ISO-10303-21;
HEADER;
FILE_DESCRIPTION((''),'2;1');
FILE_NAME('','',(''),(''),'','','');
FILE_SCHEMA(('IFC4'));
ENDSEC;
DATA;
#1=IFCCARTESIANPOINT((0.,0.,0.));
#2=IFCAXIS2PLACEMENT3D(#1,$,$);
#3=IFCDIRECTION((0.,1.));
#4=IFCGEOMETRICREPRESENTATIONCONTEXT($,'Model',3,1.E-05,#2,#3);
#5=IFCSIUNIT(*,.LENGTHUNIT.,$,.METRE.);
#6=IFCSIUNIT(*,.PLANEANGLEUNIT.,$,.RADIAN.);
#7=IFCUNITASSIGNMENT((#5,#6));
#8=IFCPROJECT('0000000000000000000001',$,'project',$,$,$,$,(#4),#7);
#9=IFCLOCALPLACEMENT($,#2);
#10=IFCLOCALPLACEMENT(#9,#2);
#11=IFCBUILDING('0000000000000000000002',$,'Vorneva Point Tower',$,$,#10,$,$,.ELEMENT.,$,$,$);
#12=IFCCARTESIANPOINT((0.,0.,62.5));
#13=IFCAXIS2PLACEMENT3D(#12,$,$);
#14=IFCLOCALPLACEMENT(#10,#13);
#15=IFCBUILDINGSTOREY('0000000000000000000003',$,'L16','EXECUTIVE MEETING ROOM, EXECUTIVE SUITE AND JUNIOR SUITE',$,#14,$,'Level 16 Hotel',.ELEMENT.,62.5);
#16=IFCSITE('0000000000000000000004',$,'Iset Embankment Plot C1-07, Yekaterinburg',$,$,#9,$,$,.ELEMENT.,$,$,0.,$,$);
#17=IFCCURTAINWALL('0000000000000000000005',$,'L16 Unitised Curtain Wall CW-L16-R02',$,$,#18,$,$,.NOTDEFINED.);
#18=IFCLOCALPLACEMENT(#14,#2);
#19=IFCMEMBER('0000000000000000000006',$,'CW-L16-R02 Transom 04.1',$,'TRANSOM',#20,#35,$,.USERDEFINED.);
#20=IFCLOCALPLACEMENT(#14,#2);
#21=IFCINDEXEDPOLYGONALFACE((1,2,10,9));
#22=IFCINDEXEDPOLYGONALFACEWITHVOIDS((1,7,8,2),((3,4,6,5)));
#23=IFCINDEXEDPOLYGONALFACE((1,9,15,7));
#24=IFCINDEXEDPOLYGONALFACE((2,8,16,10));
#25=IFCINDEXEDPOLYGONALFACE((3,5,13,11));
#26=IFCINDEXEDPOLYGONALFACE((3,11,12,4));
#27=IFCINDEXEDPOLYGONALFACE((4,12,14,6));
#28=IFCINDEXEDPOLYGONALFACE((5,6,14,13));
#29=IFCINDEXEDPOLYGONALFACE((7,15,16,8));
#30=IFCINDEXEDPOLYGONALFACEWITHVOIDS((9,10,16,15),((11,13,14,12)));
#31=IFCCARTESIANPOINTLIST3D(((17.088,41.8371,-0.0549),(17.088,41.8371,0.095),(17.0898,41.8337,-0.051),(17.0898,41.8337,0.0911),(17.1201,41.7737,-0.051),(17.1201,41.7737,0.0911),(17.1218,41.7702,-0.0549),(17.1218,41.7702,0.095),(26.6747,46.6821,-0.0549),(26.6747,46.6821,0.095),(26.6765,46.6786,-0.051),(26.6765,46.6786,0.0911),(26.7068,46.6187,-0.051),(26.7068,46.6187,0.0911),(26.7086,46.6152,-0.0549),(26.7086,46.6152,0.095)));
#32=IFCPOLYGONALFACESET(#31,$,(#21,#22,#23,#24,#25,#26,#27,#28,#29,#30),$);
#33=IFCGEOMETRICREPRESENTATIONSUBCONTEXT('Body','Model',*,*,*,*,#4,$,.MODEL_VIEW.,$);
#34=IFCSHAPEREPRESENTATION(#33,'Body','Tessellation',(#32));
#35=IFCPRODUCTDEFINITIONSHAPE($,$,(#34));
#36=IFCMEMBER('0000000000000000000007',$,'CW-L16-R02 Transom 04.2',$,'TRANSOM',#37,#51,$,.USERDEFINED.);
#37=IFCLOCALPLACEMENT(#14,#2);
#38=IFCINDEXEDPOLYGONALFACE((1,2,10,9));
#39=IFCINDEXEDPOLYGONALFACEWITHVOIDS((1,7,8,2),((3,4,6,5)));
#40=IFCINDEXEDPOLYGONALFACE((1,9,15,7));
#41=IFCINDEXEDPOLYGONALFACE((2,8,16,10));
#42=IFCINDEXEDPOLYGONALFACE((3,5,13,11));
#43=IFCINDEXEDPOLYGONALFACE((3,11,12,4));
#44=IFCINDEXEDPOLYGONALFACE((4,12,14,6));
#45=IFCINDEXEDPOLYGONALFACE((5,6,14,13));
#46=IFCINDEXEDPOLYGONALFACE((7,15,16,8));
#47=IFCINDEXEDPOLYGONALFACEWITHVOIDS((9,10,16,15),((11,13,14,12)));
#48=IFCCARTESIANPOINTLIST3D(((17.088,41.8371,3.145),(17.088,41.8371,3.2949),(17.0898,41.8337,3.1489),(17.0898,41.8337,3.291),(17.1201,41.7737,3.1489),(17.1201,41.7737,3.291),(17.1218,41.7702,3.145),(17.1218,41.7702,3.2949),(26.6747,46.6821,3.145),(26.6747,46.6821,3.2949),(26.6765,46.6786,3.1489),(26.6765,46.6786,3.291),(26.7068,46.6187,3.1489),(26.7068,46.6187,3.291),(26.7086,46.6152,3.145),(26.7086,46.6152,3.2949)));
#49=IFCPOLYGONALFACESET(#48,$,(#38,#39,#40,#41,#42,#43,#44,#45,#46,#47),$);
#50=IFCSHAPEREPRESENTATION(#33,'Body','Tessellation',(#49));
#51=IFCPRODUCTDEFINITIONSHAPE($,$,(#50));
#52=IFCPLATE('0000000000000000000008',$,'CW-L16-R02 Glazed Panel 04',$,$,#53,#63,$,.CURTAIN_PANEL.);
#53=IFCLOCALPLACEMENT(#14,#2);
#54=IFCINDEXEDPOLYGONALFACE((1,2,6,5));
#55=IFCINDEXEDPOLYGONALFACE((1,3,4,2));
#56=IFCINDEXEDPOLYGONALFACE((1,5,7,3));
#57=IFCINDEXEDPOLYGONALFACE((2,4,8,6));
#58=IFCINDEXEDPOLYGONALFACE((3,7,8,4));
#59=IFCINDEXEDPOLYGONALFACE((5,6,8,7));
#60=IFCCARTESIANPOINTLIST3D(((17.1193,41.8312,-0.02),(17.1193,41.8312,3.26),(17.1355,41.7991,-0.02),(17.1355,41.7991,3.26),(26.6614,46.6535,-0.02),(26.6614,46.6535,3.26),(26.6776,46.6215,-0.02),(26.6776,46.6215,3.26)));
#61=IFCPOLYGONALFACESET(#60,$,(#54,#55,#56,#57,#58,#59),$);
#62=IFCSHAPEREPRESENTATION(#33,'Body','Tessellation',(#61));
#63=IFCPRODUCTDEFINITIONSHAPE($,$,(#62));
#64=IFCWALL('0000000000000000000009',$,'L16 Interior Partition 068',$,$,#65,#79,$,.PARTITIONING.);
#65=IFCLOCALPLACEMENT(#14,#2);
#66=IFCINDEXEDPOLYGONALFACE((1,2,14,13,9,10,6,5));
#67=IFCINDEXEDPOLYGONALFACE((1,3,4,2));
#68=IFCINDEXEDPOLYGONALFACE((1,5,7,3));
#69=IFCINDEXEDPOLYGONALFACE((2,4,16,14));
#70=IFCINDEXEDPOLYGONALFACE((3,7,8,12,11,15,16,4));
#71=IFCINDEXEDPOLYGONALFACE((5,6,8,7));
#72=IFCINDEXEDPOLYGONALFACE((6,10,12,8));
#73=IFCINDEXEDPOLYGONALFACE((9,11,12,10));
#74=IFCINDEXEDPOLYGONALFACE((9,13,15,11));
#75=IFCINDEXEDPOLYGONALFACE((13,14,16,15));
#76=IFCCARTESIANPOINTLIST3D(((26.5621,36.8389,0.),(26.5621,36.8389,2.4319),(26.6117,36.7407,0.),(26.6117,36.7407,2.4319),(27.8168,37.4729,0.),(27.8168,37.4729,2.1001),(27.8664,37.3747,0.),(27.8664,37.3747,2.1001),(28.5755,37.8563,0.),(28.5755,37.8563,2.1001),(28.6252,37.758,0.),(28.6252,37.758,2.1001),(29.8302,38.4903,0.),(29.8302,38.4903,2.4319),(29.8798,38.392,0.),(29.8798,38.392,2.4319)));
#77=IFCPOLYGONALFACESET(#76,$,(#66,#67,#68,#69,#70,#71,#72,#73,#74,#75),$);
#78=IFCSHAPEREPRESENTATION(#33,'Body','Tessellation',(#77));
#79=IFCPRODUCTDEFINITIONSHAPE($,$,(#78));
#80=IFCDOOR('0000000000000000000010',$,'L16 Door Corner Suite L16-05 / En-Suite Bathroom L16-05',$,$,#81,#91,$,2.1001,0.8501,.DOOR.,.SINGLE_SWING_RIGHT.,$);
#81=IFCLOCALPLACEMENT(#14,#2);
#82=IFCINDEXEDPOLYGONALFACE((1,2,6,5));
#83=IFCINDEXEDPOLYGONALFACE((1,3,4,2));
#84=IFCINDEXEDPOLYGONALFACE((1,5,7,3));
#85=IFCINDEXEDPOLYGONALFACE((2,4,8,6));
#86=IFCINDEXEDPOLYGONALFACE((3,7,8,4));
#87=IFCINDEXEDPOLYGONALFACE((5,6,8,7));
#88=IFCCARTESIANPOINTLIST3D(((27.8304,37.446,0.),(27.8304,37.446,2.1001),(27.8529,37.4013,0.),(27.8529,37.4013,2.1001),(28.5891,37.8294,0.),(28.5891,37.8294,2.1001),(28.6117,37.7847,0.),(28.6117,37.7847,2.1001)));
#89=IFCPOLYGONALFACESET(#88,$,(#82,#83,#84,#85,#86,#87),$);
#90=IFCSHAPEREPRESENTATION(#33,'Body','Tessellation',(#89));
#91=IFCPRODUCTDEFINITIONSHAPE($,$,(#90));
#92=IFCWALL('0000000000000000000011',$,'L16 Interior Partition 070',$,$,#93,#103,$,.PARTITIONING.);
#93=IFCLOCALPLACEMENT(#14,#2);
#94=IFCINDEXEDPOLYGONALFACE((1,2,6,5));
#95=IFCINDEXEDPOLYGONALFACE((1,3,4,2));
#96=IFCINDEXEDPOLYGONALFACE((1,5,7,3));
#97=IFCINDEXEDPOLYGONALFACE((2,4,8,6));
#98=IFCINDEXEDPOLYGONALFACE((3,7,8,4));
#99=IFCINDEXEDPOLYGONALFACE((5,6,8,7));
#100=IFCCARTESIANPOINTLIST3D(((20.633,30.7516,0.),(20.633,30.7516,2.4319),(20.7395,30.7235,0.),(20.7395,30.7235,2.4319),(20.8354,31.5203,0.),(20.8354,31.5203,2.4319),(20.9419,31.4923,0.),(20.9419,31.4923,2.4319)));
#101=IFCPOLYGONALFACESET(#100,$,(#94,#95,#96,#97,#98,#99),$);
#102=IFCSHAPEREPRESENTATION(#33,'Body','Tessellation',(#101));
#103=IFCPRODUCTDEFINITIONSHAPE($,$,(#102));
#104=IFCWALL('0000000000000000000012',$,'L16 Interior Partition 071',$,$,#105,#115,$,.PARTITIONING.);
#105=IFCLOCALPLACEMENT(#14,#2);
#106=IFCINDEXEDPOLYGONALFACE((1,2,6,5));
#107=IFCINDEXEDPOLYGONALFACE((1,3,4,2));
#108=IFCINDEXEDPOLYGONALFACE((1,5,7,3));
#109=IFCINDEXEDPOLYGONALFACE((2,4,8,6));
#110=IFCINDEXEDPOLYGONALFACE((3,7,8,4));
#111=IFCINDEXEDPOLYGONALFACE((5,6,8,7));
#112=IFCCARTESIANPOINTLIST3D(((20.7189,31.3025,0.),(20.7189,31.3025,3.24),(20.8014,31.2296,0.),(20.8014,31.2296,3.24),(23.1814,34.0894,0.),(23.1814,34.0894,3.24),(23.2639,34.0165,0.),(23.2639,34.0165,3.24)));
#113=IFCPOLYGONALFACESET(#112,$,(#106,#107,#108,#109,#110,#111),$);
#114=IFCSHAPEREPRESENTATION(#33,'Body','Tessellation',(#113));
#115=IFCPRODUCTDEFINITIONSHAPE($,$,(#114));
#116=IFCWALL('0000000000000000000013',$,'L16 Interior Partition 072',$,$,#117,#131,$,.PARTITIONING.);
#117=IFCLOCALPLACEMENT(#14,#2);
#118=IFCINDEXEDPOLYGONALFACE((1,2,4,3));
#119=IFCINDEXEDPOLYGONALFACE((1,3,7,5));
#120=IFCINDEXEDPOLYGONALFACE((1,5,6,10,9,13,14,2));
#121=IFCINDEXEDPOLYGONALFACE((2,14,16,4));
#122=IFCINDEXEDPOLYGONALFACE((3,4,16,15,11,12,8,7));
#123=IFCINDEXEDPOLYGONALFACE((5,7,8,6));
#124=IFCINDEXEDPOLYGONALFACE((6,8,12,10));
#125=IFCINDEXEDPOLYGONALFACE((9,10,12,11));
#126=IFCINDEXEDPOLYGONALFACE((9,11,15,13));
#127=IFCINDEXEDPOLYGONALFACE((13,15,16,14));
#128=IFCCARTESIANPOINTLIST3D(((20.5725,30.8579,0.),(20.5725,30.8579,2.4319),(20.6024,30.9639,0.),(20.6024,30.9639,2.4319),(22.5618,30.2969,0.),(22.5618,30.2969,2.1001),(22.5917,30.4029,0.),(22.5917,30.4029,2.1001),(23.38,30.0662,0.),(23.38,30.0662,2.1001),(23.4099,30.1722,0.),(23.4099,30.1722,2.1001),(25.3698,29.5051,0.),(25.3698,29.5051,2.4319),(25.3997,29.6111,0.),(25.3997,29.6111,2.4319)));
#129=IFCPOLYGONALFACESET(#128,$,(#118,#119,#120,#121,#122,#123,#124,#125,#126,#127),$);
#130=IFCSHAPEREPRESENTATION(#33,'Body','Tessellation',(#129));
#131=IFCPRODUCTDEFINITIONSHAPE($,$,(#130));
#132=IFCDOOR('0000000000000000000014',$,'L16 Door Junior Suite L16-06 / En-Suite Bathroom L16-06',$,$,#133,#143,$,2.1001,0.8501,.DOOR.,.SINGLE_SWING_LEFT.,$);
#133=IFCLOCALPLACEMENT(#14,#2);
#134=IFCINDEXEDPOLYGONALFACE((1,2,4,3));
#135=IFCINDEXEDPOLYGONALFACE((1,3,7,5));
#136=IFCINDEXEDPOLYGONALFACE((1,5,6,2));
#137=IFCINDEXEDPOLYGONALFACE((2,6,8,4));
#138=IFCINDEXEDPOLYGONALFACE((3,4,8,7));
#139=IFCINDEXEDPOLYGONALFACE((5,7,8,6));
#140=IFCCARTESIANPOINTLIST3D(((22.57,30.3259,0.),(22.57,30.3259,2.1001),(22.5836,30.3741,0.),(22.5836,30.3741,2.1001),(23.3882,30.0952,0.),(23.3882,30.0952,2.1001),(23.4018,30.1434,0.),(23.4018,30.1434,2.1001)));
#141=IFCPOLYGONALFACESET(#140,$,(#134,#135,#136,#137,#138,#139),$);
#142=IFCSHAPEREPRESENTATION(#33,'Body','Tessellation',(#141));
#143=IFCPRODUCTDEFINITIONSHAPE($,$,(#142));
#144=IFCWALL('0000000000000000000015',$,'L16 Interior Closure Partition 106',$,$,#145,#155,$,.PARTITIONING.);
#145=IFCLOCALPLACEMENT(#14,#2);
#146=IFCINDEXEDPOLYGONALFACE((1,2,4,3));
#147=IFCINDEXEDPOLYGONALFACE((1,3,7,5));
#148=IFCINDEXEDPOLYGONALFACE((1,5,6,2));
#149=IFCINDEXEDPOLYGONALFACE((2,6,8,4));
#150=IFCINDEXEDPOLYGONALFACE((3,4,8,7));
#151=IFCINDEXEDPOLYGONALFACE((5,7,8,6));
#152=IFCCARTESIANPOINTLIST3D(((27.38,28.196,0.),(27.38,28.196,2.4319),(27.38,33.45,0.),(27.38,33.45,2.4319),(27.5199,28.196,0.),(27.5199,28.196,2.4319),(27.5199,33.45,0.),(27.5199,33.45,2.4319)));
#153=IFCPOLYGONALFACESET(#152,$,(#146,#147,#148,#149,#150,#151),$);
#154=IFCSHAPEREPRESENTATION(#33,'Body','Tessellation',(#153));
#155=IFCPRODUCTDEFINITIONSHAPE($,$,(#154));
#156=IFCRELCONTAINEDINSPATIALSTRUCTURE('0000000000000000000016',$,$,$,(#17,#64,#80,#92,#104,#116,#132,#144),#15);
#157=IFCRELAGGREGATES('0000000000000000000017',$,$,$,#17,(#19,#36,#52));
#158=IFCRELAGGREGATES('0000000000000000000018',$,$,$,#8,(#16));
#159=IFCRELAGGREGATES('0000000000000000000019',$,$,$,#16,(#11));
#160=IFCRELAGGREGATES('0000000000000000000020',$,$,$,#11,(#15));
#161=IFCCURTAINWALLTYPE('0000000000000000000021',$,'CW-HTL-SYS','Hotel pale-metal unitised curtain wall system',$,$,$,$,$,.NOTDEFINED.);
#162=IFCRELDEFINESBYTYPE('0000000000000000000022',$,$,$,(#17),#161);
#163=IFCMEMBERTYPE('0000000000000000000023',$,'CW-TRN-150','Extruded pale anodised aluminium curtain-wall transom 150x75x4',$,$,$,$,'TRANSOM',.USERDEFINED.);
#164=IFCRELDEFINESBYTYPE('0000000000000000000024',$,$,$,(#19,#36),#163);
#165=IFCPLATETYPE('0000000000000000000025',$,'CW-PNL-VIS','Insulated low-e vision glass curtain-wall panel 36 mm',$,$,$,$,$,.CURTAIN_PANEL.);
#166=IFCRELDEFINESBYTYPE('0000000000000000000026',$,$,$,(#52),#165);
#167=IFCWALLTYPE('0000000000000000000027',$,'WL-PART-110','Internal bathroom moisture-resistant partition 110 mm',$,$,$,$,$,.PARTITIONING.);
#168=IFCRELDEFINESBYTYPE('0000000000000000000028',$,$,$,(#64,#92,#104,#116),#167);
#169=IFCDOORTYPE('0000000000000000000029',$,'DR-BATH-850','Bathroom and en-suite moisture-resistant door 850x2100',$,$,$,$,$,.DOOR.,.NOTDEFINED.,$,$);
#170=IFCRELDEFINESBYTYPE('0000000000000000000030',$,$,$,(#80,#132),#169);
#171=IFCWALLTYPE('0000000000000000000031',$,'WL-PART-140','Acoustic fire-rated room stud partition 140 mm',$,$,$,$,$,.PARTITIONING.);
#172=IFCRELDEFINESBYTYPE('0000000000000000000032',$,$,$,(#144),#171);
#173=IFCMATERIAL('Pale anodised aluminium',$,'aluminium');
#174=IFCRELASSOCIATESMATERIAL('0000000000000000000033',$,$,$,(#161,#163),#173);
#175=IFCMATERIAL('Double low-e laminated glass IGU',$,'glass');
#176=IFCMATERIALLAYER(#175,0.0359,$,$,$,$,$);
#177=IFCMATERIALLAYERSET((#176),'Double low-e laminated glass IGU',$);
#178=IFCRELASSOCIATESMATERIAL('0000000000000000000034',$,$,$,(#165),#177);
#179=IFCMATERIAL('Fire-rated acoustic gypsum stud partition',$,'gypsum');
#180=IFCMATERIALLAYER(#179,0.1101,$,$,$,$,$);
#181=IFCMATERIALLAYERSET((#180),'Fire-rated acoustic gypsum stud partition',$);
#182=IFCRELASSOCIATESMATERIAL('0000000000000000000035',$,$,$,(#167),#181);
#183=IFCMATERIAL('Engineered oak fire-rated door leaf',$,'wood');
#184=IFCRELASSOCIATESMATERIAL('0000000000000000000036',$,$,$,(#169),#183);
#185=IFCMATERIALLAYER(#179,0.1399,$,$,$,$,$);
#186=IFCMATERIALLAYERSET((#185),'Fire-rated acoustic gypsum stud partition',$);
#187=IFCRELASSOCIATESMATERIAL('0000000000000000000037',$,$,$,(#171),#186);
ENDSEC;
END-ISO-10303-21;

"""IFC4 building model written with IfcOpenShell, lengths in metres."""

from ifc_helpers import new_model, si_unit, direction, frame, frame_2d, origin, origin_2d, place, context, subcontext, project, spatial, rectangle, hollow_rectangle, extrude, material, layer, layer_set, material_profile, profile_set, type_object, element, fill, aggregate, save


model = new_model("IFC4")

# Units and contexts
model_context = context("Model", 3, precision=1e-05, world=origin(), true_north=direction((0.0, 1.0)))
body_context = subcontext(model_context, "Body", "Model", "MODEL_VIEW")
ifc_project = project(units=[si_unit("LENGTHUNIT", "METRE"), si_unit("PLANEANGLEUNIT", "RADIAN")], contexts=[model_context])

# Site, building, storey
site_placement = place(None, origin())
site = spatial("IfcSite", under=ifc_project, at=site_placement, Name="Iset Embankment Plot C1-07, Yekaterinburg", CompositionType="ELEMENT", RefElevation=0.0)
building_placement = place(site_placement, origin())
building = spatial("IfcBuilding", under=site, at=building_placement, Name="Vorneva Point Tower", CompositionType="ELEMENT")
storey_placement = place(building_placement, frame((0.0, 0.0, 62.5)))
storey = spatial("IfcBuildingStorey", under=building, at=storey_placement, Name="L16", Description="EXECUTIVE MEETING ROOM, EXECUTIVE SUITE AND JUNIOR SUITE", LongName="Level 16 Hotel", CompositionType="ELEMENT", Elevation=62.5)

# Curtain wall, members, plate
ifc_material_1 = material(Name="Pale anodised aluminium", Category="aluminium")
curtain_wall_type = type_object("IfcCurtainWallType", Name="CW-HTL-SYS", Description="Hotel pale-metal unitised curtain wall system", PredefinedType="NOTDEFINED", material=ifc_material_1)
curtain_wall_placement = place(storey_placement, origin())
curtain_wall = element("IfcCurtainWall", 1, at=curtain_wall_placement, inside=storey, type_object=curtain_wall_type, Name="L16 Unitised Curtain Wall CW-L16-R02", PredefinedType="NOTDEFINED")
ifc_material_profile_1 = material_profile(ifc_material_1, hollow_rectangle(XDim=0.075, YDim=0.1499, WallThickness=0.0039, at=origin_2d()), Name="AL-TRN 150x75x4")
ifc_profile_set_1 = profile_set([ifc_material_profile_1], Name="Pale anodised aluminium")
member_type_1 = type_object("IfcMemberType", Name="CW-TRN-150", Description="Extruded pale anodised aluminium curtain-wall transom 150x75x4", ElementType="TRANSOM", PredefinedType="USERDEFINED", material=ifc_profile_set_1)
member_1_placement = place(storey_placement, frame((26.6917, 46.6487, 0.02), z_axis=(-0.892496, -0.451055, 0.0), x_axis=(0.451055, -0.892496, 0.0)))
member_1 = element("IfcMember", 2, at=member_1_placement, type_object=member_type_1, Name="CW-L16-R02 Transom 04.1", ObjectType="TRANSOM", PredefinedType="USERDEFINED", context=body_context, shape_type="SweptSolid", body=[
    extrude(hollow_rectangle(XDim=0.075, YDim=0.1499, WallThickness=0.0039, at=origin_2d()), origin(), (0.0, 0.0, 1.0), 10.7415),
])
member_2_placement = place(storey_placement, frame((26.6917, 46.6487, 3.22), z_axis=(-0.892496, -0.451055, 0.0), x_axis=(0.451055, -0.892496, 0.0)))
member_2 = element("IfcMember", 3, at=member_2_placement, type_object=member_type_1, Name="CW-L16-R02 Transom 04.2", ObjectType="TRANSOM", PredefinedType="USERDEFINED", context=body_context, shape_type="SweptSolid", body=[
    extrude(hollow_rectangle(XDim=0.075, YDim=0.1499, WallThickness=0.0039, at=origin_2d()), origin(), (0.0, 0.0, 1.0), 10.7415),
])
ifc_material_2 = material(Name="Double low-e laminated glass IGU", Category="glass")
ifc_layer_1 = layer(ifc_material_2, 0.0359)
ifc_layer_set_1 = layer_set([ifc_layer_1], Name="Double low-e laminated glass IGU")
plate_type = type_object("IfcPlateType", Name="CW-PNL-VIS", Description="Insulated low-e vision glass curtain-wall panel 36 mm", PredefinedType="CURTAIN_PANEL", material=ifc_layer_set_1)
plate_placement = place(storey_placement, frame((21.8984, 44.2263, -0.02), z_axis=(0.0, 0.0, 1.0), x_axis=(-0.892499, -0.451049, 0.0)))
plate = element("IfcPlate", 4, at=plate_placement, type_object=plate_type, Name="CW-L16-R02 Glazed Panel 04", PredefinedType="CURTAIN_PANEL", context=body_context, shape_type="SweptSolid", body=[
    extrude(rectangle(XDim=10.6914, YDim=0.0359, at=origin_2d()), origin(), (0.0, 0.0, 1.0), 3.28),
])
aggregate(curtain_wall, [member_1, member_2, plate])

# Wall, opening, door
ifc_material_3 = material(Name="Fire-rated acoustic gypsum stud partition", Category="gypsum")
ifc_layer_2 = layer(ifc_material_3, 0.1101)
ifc_layer_set_2 = layer_set([ifc_layer_2], Name="Fire-rated acoustic gypsum stud partition")
wall_type_1 = type_object("IfcWallType", Name="WL-PART-110", Description="Internal bathroom moisture-resistant partition 110 mm", PredefinedType="PARTITIONING", material=ifc_layer_set_2)
wall_1_placement = place(storey_placement, frame((26.5869, 36.7898, 0.0), z_axis=(0.0, 0.0, 1.0), x_axis=(0.892526, 0.450997, 0.0)))
wall_1 = element("IfcWall", 5, at=wall_1_placement, inside=storey, type_object=wall_type_1, Name="L16 Interior Partition 068", PredefinedType="PARTITIONING", context=body_context, shape_type="SweptSolid", body=[
    extrude(rectangle(XDim=3.6616, YDim=0.1101, at=frame_2d((1.8308, 0.0))), origin(), (0.0, 0.0, 1.0), 2.4319),
])
opening_1_placement = place(wall_1_placement, frame((1.4058, 0.0, 0.0)))
opening_1 = element("IfcOpeningElement", 6, at=opening_1_placement, cuts=wall_1, PredefinedType="OPENING", context=body_context, shape_type="SweptSolid", body=[
    extrude(rectangle(XDim=0.8501, YDim=2.1001, at=frame_2d((0.425, 1.05))), frame((0.0, 0.0698, 0.0), z_axis=(0.0, -1.0, 0.0), x_axis=(1.0, 0.0, 0.0)), (0.0, 0.0, 1.0), 0.1399),
])
ifc_material_4 = material(Name="Engineered oak fire-rated door leaf", Category="wood")
door_type_1 = type_object("IfcDoorType", Name="DR-BATH-850", Description="Bathroom and en-suite moisture-resistant door 850x2100", OperationType="NOTDEFINED", PredefinedType="DOOR", material=ifc_material_4)
door_1_placement = place(opening_1_placement, origin())
door_1 = element("IfcDoor", 7, at=door_1_placement, inside=storey, type_object=door_type_1, Name="L16 Door Corner Suite L16-05 / En-Suite Bathroom L16-05", OperationType="SINGLE_SWING_RIGHT", OverallHeight=2.1001, OverallWidth=0.8501, PredefinedType="DOOR", context=body_context, shape_type="SweptSolid", body=[
    extrude(rectangle(XDim=0.8501, YDim=2.1001, at=frame_2d((0.425, 1.05))), frame((0.0, 0.0249, 0.0), z_axis=(0.0, -1.0, 0.0), x_axis=(1.0, 0.0, 0.0)), (0.0, 0.0, 1.0), 0.05),
])
fill(opening_1, door_1)

# Walls
wall_2_placement = place(storey_placement, frame((20.6863, 30.7375, 0.0), z_axis=(0.0, 0.0, 1.0), x_axis=(0.254584, 0.967051, 0.0)))
element("IfcWall", 8, at=wall_2_placement, inside=storey, type_object=wall_type_1, Name="L16 Interior Partition 070", PredefinedType="PARTITIONING", context=body_context, shape_type="SweptSolid", body=[
    extrude(rectangle(XDim=0.7949, YDim=0.1101, at=frame_2d((0.3975, 0.0))), origin(), (0.0, 0.0, 1.0), 2.4319),
])
wall_3_placement = place(storey_placement, frame((20.7603, 31.2661, 0.0), z_axis=(0.0, 0.0, 1.0), x_axis=(0.662136, 0.749384, 0.0)))
element("IfcWall", 9, at=wall_3_placement, inside=storey, type_object=wall_type_1, Name="L16 Interior Partition 071", PredefinedType="PARTITIONING", context=body_context, shape_type="SweptSolid", body=[
    extrude(rectangle(XDim=3.719, YDim=0.1101, at=frame_2d((1.8594, 0.0))), origin(), (0.0, 0.0, 1.0), 3.24),
])

# Wall, opening, door
wall_4_placement = place(storey_placement, frame((25.3848, 29.5581, 0.0), z_axis=(0.0, 0.0, 1.0), x_axis=(-0.962466, 0.271401, 0.0)))
wall_4 = element("IfcWall", 10, at=wall_4_placement, inside=storey, type_object=wall_type_1, Name="L16 Interior Partition 072", PredefinedType="PARTITIONING", context=body_context, shape_type="SweptSolid", body=[
    extrude(rectangle(XDim=4.9844, YDim=0.1101, at=frame_2d((2.4922, 0.0))), origin(), (0.0, 0.0, 1.0), 2.4319),
])
opening_2_placement = place(wall_4_placement, frame((2.0674, 0.0, 0.0)))
opening_2 = element("IfcOpeningElement", 11, at=opening_2_placement, cuts=wall_4, PredefinedType="OPENING", context=body_context, shape_type="SweptSolid", body=[
    extrude(rectangle(XDim=0.8501, YDim=2.1001, at=frame_2d((0.425, 1.05))), frame((0.0, 0.0698, 0.0), z_axis=(0.0, -1.0, 0.0), x_axis=(1.0, 0.0, 0.0)), (0.0, 0.0, 1.0), 0.1399),
])
door_2_placement = place(opening_2_placement, origin())
door_2 = element("IfcDoor", 12, at=door_2_placement, inside=storey, type_object=door_type_1, Name="L16 Door Junior Suite L16-06 / En-Suite Bathroom L16-06", OperationType="SINGLE_SWING_LEFT", OverallHeight=2.1001, OverallWidth=0.8501, PredefinedType="DOOR", context=body_context, shape_type="SweptSolid", body=[
    extrude(rectangle(XDim=0.8501, YDim=2.1001, at=frame_2d((0.425, 1.05))), frame((0.0, 0.0249, 0.0), z_axis=(0.0, -1.0, 0.0), x_axis=(1.0, 0.0, 0.0)), (0.0, 0.0, 1.0), 0.05),
])
fill(opening_2, door_2)

# Wall
ifc_layer_3 = layer(ifc_material_3, 0.1399)
ifc_layer_set_3 = layer_set([ifc_layer_3], Name="Fire-rated acoustic gypsum stud partition")
wall_type_2 = type_object("IfcWallType", Name="WL-PART-140", Description="Acoustic fire-rated room stud partition 140 mm", PredefinedType="PARTITIONING", material=ifc_layer_set_3)
wall_5_placement = place(storey_placement, frame((27.45, 28.196, 0.0), z_axis=(0.0, 0.0, 1.0), x_axis=(0.0, 1.0, 0.0)))
element("IfcWall", 13, at=wall_5_placement, inside=storey, type_object=wall_type_2, Name="L16 Interior Closure Partition 106", PredefinedType="PARTITIONING", context=body_context, shape_type="SweptSolid", body=[
    extrude(rectangle(XDim=5.2539, YDim=0.1399, at=frame_2d((2.627, 0.0))), origin(), (0.0, 0.0, 1.0), 2.4319),
])

save(model, "model.ifc")
